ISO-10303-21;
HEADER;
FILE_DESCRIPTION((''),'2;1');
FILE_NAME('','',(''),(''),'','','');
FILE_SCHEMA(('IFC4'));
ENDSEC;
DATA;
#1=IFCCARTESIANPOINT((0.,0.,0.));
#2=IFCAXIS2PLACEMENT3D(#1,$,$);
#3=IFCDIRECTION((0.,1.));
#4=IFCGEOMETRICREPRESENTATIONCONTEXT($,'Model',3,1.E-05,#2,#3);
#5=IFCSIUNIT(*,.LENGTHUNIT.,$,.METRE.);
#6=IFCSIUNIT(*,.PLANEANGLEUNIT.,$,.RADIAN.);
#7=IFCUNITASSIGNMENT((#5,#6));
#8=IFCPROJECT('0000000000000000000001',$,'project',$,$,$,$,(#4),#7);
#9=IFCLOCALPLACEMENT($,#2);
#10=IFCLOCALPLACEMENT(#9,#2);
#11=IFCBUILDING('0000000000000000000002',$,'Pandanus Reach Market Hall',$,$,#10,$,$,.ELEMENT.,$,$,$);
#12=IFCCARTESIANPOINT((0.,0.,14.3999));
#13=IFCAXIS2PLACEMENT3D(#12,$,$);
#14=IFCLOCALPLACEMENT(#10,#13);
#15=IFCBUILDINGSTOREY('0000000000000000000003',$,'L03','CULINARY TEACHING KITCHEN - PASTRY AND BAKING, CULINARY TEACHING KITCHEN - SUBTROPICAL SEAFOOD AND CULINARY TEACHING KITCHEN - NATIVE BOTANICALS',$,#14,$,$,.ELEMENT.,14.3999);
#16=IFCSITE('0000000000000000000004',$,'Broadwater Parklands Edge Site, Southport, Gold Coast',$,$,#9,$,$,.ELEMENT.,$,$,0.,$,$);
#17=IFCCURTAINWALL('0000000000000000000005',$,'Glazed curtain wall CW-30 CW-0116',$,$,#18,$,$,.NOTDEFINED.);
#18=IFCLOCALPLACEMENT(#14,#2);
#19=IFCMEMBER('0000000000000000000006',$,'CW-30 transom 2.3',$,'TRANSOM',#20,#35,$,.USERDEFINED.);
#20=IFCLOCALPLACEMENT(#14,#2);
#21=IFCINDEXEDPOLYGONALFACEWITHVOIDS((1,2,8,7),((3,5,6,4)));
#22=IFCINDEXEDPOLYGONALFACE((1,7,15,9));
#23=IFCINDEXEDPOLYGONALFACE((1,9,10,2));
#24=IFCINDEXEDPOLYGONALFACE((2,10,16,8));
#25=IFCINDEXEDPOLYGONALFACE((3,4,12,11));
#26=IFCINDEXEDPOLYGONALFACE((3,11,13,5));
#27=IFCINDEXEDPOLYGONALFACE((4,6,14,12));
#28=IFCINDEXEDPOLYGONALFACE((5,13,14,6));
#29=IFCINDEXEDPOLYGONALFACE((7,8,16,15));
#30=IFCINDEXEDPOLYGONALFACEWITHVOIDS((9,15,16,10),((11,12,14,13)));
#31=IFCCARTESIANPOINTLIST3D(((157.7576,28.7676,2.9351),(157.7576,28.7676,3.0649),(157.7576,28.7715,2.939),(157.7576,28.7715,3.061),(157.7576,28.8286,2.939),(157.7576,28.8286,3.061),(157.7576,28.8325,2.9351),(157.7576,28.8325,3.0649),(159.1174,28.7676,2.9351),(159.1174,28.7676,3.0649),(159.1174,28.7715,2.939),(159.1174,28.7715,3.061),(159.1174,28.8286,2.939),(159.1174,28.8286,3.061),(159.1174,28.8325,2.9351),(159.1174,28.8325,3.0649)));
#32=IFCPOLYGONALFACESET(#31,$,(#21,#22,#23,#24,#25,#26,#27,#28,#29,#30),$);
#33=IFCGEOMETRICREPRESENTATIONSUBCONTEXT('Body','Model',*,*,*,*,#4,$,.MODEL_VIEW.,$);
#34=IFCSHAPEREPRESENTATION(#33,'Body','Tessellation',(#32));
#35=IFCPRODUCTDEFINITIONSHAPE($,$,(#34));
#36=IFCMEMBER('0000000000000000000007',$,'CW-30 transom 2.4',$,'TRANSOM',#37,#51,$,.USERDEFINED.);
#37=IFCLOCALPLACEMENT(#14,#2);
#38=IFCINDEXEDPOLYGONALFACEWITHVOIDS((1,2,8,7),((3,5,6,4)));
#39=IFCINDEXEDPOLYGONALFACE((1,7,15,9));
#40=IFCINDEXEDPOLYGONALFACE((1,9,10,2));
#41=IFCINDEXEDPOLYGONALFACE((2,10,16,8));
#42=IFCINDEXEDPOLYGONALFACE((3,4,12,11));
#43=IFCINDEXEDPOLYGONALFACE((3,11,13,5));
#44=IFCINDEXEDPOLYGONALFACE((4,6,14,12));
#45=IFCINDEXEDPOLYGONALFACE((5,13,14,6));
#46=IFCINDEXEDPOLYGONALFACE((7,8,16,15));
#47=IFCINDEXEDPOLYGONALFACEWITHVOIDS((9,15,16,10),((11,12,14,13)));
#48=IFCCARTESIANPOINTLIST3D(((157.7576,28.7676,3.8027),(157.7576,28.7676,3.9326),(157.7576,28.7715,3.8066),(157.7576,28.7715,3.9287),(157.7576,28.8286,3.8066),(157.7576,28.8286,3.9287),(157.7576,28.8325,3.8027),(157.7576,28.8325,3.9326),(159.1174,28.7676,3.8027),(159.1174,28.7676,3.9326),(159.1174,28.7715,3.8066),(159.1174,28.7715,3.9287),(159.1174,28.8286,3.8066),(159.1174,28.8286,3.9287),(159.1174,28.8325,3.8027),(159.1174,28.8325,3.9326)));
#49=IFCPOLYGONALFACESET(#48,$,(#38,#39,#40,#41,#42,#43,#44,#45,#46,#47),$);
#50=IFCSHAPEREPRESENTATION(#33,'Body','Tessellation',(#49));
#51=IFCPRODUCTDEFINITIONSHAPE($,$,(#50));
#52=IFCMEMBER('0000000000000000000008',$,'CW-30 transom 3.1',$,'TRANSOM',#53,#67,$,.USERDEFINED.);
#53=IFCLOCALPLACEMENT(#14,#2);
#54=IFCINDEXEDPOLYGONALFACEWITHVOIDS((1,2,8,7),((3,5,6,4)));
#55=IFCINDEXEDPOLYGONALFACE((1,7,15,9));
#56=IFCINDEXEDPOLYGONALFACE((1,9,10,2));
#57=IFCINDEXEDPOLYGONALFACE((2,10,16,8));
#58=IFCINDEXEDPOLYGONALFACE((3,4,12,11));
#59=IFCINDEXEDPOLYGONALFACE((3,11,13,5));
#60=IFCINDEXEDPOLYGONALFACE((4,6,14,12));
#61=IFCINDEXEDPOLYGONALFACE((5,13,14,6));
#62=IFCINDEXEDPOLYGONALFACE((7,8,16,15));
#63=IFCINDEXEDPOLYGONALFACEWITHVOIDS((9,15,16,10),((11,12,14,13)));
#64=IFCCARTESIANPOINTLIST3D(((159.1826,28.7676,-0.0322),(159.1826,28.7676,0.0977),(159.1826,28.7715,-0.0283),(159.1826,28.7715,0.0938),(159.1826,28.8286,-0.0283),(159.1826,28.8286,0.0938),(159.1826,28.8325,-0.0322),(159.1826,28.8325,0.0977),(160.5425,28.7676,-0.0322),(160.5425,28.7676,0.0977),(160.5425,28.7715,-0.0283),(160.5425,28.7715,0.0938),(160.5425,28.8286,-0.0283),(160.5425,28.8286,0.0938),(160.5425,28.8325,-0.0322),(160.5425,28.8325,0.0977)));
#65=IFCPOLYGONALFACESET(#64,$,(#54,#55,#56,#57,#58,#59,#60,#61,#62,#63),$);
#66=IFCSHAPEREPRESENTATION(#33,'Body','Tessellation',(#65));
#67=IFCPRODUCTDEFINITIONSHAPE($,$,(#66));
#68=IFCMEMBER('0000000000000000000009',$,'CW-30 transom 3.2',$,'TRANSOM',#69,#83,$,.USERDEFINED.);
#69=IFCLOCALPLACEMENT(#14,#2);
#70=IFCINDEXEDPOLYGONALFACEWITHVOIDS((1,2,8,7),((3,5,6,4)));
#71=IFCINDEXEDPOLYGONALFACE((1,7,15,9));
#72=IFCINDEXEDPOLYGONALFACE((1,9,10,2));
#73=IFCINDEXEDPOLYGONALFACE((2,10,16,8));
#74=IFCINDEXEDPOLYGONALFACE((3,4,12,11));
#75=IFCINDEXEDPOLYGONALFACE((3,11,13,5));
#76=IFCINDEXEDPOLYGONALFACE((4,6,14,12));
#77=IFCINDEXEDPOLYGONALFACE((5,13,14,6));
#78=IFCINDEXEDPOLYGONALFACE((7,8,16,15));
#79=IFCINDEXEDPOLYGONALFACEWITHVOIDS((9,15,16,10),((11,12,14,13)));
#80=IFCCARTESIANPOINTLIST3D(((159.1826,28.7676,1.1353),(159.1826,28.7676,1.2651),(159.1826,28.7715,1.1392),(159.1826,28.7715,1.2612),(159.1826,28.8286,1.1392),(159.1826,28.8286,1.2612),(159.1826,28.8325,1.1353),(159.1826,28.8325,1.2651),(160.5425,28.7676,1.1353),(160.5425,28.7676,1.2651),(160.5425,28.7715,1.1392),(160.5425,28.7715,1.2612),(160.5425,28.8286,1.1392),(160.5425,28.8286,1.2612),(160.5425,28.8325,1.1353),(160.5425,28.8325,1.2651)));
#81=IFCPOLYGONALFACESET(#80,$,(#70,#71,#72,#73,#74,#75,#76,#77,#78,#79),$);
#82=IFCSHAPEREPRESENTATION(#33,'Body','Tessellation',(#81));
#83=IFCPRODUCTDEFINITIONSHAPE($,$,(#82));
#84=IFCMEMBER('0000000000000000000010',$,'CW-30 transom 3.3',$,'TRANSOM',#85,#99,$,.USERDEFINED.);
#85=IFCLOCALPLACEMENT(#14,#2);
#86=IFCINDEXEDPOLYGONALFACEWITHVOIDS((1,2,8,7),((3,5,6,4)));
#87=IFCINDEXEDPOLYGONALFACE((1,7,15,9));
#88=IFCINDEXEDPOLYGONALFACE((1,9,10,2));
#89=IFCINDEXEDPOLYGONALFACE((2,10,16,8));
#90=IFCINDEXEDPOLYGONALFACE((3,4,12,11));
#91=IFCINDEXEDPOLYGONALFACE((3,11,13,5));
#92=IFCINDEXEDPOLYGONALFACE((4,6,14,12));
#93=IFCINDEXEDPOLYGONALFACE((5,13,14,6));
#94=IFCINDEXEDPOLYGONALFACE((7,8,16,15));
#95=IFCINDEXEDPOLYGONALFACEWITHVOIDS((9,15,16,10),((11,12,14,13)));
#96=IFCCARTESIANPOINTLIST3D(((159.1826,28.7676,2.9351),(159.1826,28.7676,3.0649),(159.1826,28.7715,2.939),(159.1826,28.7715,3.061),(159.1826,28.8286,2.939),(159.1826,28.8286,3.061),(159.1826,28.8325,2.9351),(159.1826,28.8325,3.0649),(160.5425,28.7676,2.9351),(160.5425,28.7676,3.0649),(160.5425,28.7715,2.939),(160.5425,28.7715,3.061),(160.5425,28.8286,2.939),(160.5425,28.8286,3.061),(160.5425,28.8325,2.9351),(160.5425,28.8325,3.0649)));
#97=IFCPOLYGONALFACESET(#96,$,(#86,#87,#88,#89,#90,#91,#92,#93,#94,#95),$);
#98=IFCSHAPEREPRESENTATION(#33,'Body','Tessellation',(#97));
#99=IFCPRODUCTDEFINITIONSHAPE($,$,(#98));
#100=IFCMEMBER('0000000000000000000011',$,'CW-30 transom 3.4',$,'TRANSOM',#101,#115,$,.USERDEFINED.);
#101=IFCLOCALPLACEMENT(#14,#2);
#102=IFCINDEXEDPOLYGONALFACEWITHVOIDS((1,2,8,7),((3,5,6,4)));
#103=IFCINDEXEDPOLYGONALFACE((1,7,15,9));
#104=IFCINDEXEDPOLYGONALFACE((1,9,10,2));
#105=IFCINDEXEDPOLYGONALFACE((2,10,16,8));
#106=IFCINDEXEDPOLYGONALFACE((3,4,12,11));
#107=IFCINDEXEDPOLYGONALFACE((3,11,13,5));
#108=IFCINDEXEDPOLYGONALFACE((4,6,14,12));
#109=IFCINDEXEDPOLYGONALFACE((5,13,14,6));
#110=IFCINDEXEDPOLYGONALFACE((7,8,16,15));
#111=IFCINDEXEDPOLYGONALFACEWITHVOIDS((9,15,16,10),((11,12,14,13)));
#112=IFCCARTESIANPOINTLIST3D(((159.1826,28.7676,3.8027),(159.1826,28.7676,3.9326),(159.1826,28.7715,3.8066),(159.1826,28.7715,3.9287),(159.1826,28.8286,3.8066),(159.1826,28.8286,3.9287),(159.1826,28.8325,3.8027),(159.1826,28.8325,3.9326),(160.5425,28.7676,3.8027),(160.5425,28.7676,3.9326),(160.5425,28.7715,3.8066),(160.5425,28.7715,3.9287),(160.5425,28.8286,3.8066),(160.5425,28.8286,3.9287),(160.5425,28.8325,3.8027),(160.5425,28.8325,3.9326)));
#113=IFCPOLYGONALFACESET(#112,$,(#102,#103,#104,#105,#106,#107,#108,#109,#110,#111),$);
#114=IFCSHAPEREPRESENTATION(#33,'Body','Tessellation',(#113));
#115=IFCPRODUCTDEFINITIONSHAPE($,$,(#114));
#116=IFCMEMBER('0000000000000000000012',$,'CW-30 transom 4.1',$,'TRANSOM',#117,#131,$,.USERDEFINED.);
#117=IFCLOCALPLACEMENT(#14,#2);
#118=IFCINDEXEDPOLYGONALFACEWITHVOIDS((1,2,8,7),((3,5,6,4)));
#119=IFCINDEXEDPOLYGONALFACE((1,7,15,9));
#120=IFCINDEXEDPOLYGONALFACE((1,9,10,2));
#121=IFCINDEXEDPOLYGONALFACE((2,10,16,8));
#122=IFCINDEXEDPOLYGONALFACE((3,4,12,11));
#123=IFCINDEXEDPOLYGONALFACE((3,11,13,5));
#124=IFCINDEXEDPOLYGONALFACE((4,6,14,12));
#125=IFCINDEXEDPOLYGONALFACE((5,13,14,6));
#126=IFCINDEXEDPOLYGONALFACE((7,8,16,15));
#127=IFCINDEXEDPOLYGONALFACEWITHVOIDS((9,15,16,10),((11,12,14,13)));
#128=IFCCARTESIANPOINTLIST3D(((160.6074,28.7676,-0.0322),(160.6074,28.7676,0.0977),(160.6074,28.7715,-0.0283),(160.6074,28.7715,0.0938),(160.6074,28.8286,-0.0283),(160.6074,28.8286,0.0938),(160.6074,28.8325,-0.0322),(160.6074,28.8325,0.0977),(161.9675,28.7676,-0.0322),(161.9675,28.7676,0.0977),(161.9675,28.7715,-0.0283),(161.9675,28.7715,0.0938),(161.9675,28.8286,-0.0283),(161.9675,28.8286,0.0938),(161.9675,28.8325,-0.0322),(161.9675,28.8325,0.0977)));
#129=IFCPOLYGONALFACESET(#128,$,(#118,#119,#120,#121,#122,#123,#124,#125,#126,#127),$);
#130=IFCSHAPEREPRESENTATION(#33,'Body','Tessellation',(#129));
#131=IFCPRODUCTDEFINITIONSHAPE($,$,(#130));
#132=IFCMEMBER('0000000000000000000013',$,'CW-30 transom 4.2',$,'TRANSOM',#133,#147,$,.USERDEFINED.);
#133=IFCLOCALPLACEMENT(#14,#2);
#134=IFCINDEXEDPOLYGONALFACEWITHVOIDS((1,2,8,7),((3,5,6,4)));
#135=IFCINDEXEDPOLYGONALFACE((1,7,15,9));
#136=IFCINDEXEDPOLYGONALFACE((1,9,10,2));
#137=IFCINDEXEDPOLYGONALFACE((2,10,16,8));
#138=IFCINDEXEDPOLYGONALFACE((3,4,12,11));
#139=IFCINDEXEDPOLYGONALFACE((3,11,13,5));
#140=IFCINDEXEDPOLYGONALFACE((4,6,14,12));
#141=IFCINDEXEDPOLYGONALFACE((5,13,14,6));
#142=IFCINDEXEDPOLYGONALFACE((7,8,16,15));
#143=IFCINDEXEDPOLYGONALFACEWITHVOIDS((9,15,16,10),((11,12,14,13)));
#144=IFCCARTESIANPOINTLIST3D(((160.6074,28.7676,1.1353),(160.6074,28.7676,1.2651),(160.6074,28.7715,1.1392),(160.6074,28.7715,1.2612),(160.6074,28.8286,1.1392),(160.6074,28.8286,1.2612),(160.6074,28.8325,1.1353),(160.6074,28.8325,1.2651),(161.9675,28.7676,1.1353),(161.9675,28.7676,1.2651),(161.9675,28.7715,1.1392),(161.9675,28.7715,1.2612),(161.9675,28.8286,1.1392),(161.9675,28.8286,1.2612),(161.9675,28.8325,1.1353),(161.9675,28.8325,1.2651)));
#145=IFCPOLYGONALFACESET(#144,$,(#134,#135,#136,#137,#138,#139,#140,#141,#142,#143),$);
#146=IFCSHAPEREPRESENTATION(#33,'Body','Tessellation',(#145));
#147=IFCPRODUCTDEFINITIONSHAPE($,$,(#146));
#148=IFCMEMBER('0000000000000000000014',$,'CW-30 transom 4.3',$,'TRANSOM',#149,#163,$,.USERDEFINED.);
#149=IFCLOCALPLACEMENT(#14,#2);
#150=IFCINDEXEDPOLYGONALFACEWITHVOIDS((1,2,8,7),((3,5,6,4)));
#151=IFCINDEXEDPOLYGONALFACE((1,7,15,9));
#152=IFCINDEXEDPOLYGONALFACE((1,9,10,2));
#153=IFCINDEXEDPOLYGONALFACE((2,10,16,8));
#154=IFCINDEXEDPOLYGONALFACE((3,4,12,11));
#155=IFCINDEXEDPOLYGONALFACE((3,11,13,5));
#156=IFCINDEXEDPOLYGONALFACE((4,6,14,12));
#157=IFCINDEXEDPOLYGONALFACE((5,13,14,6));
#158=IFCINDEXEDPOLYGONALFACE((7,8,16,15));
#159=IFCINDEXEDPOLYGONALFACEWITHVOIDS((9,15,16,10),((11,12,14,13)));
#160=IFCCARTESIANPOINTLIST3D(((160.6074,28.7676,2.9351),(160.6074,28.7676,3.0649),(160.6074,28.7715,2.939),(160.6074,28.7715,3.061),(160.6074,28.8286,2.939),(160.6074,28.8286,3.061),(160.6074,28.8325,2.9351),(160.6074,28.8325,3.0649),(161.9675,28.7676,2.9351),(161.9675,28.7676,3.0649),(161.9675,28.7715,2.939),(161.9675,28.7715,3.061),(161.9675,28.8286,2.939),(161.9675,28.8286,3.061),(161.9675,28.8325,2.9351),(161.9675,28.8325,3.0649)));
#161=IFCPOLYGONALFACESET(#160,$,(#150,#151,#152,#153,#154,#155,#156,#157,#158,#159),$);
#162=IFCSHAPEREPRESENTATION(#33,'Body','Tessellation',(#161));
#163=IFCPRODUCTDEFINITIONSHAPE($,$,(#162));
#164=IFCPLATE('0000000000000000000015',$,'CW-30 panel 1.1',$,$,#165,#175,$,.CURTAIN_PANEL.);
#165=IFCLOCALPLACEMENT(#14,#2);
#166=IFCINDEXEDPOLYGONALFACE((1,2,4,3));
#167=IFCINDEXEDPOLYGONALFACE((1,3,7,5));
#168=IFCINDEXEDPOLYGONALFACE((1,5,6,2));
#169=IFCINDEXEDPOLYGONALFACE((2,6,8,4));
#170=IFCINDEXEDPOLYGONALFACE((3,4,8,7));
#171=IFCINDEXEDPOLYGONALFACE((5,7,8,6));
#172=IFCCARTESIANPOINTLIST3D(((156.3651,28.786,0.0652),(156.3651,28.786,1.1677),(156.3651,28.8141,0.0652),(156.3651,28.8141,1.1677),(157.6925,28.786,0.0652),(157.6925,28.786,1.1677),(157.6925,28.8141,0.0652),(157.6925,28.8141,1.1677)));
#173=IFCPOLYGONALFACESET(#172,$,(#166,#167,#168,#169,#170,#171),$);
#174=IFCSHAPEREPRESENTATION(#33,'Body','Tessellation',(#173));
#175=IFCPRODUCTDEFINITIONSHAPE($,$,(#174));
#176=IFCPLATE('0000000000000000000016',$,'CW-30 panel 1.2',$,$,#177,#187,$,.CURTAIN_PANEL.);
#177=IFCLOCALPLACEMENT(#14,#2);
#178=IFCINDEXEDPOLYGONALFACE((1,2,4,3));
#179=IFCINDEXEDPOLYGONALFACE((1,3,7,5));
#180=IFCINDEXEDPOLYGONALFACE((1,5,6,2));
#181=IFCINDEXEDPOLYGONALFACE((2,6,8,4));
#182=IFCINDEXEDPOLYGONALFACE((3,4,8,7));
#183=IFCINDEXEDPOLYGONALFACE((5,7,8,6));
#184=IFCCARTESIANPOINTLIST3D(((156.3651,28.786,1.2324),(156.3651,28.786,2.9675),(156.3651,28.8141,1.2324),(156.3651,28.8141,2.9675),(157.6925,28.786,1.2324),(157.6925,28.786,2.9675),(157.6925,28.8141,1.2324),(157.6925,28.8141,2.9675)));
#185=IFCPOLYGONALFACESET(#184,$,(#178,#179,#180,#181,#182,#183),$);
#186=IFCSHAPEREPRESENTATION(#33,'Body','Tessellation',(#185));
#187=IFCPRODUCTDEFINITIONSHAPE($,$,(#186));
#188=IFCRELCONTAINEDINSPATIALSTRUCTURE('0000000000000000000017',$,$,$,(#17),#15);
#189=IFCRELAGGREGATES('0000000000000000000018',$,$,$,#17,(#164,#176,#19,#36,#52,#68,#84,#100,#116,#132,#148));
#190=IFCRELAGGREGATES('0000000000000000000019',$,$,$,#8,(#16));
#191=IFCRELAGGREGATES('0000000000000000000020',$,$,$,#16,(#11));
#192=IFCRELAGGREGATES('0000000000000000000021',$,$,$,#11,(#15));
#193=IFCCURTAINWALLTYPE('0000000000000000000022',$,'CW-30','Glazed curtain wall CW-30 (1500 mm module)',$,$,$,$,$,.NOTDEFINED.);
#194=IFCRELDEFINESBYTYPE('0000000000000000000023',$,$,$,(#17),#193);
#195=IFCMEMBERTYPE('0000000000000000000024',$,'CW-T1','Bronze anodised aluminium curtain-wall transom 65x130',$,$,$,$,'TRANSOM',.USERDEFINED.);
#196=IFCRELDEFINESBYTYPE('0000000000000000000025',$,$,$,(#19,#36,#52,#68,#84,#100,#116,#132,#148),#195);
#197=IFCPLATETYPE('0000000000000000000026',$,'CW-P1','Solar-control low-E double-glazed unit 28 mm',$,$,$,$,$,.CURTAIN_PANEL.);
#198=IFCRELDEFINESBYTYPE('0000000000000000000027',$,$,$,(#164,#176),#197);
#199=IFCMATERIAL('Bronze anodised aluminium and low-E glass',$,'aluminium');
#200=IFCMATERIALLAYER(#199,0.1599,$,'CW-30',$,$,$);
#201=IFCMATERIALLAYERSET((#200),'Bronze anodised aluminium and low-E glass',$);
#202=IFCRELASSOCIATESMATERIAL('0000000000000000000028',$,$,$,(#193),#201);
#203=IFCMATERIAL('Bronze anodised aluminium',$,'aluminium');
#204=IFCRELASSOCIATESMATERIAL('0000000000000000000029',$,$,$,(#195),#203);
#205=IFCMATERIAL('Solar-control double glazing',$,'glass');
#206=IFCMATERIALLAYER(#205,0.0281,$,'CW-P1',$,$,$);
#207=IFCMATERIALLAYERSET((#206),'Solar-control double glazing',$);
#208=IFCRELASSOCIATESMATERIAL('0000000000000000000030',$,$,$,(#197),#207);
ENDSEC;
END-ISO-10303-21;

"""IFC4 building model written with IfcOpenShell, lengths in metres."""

from ifc_helpers import new_model, si_unit, direction, frame, origin, origin_2d, place, context, subcontext, project, spatial, rectangle, hollow_rectangle, extrude, material, layer, layer_set, material_profile, profile_set, type_object, element, aggregate, save


model = new_model("IFC4")

# Units and contexts
model_context = context("Model", 3, precision=1e-05, world=origin(), true_north=direction((0.0, 1.0)))
body_context = subcontext(model_context, "Body", "Model", "MODEL_VIEW")
ifc_project = project(units=[si_unit("LENGTHUNIT", "METRE"), si_unit("PLANEANGLEUNIT", "RADIAN")], contexts=[model_context])

# Site, building, storey
site_placement = place(None, origin())
site = spatial("IfcSite", under=ifc_project, at=site_placement, Name="Broadwater Parklands Edge Site, Southport, Gold Coast", CompositionType="ELEMENT", RefElevation=0.0)
building_placement = place(site_placement, origin())
building = spatial("IfcBuilding", under=site, at=building_placement, Name="Pandanus Reach Market Hall", CompositionType="ELEMENT")
storey_placement = place(building_placement, frame((0.0, 0.0, 14.3999)))
storey = spatial("IfcBuildingStorey", under=building, at=storey_placement, Name="L03", Description="CULINARY TEACHING KITCHEN - PASTRY AND BAKING, CULINARY TEACHING KITCHEN - SUBTROPICAL SEAFOOD AND CULINARY TEACHING KITCHEN - NATIVE BOTANICALS", CompositionType="ELEMENT", Elevation=14.3999)

# Curtain wall, members, plates
ifc_material_1 = material(Name="Bronze anodised aluminium and low-E glass", Category="aluminium")
ifc_layer_1 = layer(ifc_material_1, 0.1599, Name="CW-30")
ifc_layer_set_1 = layer_set([ifc_layer_1], Name="Bronze anodised aluminium and low-E glass")
curtain_wall_type = type_object("IfcCurtainWallType", Name="CW-30", Description="Glazed curtain wall CW-30 (1500 mm module)", PredefinedType="NOTDEFINED", material=ifc_layer_set_1)
curtain_wall_placement = place(storey_placement, origin())
curtain_wall = element("IfcCurtainWall", 1, at=curtain_wall_placement, inside=storey, type_object=curtain_wall_type, Name="Glazed curtain wall CW-30 CW-0116", PredefinedType="NOTDEFINED")
ifc_material_2 = material(Name="Bronze anodised aluminium", Category="aluminium")
ifc_material_profile_1 = material_profile(ifc_material_2, hollow_rectangle(XDim=0.0649, YDim=0.1299, WallThickness=0.0039, at=origin_2d()), Name="ALU65x130", Category="LoadBearing")
ifc_profile_set_1 = profile_set([ifc_material_profile_1], Name="Bronze anodised aluminium")
member_type_1 = type_object("IfcMemberType", Name="CW-T1", Description="Bronze anodised aluminium curtain-wall transom 65x130", ElementType="TRANSOM", PredefinedType="USERDEFINED", material=ifc_profile_set_1)
member_1_placement = place(storey_placement, frame((157.7576, 28.8, 3.0), z_axis=(1.0, 0.0, 0.0), x_axis=(0.0, 1.0, 0.0)))
member_1 = element("IfcMember", 2, at=member_1_placement, type_object=member_type_1, Name="CW-30 transom 2.3", ObjectType="TRANSOM", PredefinedType="USERDEFINED", context=body_context, shape_type="SweptSolid", body=[
    extrude(hollow_rectangle(XDim=0.0649, YDim=0.1299, WallThickness=0.0039, at=origin_2d()), origin(), (0.0, 0.0, 1.0), 1.3599),
])
member_2_placement = place(storey_placement, frame((157.7576, 28.8, 3.8677), z_axis=(1.0, 0.0, 0.0), x_axis=(0.0, 1.0, 0.0)))
member_2 = element("IfcMember", 3, at=member_2_placement, type_object=member_type_1, Name="CW-30 transom 2.4", ObjectType="TRANSOM", PredefinedType="USERDEFINED", context=body_context, shape_type="SweptSolid", body=[
    extrude(hollow_rectangle(XDim=0.0649, YDim=0.1299, WallThickness=0.0039, at=origin_2d()), origin(), (0.0, 0.0, 1.0), 1.3599),
])
member_3_placement = place(storey_placement, frame((159.1826, 28.8, 0.0327), z_axis=(1.0, 0.0, 0.0), x_axis=(0.0, 1.0, 0.0)))
member_3 = element("IfcMember", 4, at=member_3_placement, type_object=member_type_1, Name="CW-30 transom 3.1", ObjectType="TRANSOM", PredefinedType="USERDEFINED", context=body_context, shape_type="SweptSolid", body=[
    extrude(hollow_rectangle(XDim=0.0649, YDim=0.1299, WallThickness=0.0039, at=origin_2d()), origin(), (0.0, 0.0, 1.0), 1.3599),
])
member_4_placement = place(storey_placement, frame((159.1826, 28.8, 1.2002), z_axis=(1.0, 0.0, 0.0), x_axis=(0.0, 1.0, 0.0)))
member_4 = element("IfcMember", 5, at=member_4_placement, type_object=member_type_1, Name="CW-30 transom 3.2", ObjectType="TRANSOM", PredefinedType="USERDEFINED", context=body_context, shape_type="SweptSolid", body=[
    extrude(hollow_rectangle(XDim=0.0649, YDim=0.1299, WallThickness=0.0039, at=origin_2d()), origin(), (0.0, 0.0, 1.0), 1.3599),
])
member_5_placement = place(storey_placement, frame((159.1826, 28.8, 3.0), z_axis=(1.0, 0.0, 0.0), x_axis=(0.0, 1.0, 0.0)))
member_5 = element("IfcMember", 6, at=member_5_placement, type_object=member_type_1, Name="CW-30 transom 3.3", ObjectType="TRANSOM", PredefinedType="USERDEFINED", context=body_context, shape_type="SweptSolid", body=[
    extrude(hollow_rectangle(XDim=0.0649, YDim=0.1299, WallThickness=0.0039, at=origin_2d()), origin(), (0.0, 0.0, 1.0), 1.3599),
])
member_6_placement = place(storey_placement, frame((159.1826, 28.8, 3.8677), z_axis=(1.0, 0.0, 0.0), x_axis=(0.0, 1.0, 0.0)))
member_6 = element("IfcMember", 7, at=member_6_placement, type_object=member_type_1, Name="CW-30 transom 3.4", ObjectType="TRANSOM", PredefinedType="USERDEFINED", context=body_context, shape_type="SweptSolid", body=[
    extrude(hollow_rectangle(XDim=0.0649, YDim=0.1299, WallThickness=0.0039, at=origin_2d()), origin(), (0.0, 0.0, 1.0), 1.3599),
])
member_7_placement = place(storey_placement, frame((160.6074, 28.8, 0.0327), z_axis=(1.0, 0.0, 0.0), x_axis=(0.0, 1.0, 0.0)))
member_7 = element("IfcMember", 8, at=member_7_placement, type_object=member_type_1, Name="CW-30 transom 4.1", ObjectType="TRANSOM", PredefinedType="USERDEFINED", context=body_context, shape_type="SweptSolid", body=[
    extrude(hollow_rectangle(XDim=0.0649, YDim=0.1299, WallThickness=0.0039, at=origin_2d()), origin(), (0.0, 0.0, 1.0), 1.3601),
])
member_8_placement = place(storey_placement, frame((160.6074, 28.8, 1.2002), z_axis=(1.0, 0.0, 0.0), x_axis=(0.0, 1.0, 0.0)))
member_8 = element("IfcMember", 9, at=member_8_placement, type_object=member_type_1, Name="CW-30 transom 4.2", ObjectType="TRANSOM", PredefinedType="USERDEFINED", context=body_context, shape_type="SweptSolid", body=[
    extrude(hollow_rectangle(XDim=0.0649, YDim=0.1299, WallThickness=0.0039, at=origin_2d()), origin(), (0.0, 0.0, 1.0), 1.3601),
])
member_9_placement = place(storey_placement, frame((160.6074, 28.8, 3.0), z_axis=(1.0, 0.0, 0.0), x_axis=(0.0, 1.0, 0.0)))
member_9 = element("IfcMember", 10, at=member_9_placement, type_object=member_type_1, Name="CW-30 transom 4.3", ObjectType="TRANSOM", PredefinedType="USERDEFINED", context=body_context, shape_type="SweptSolid", body=[
    extrude(hollow_rectangle(XDim=0.0649, YDim=0.1299, WallThickness=0.0039, at=origin_2d()), origin(), (0.0, 0.0, 1.0), 1.3601),
])
ifc_material_3 = material(Name="Solar-control double glazing", Category="glass")
ifc_layer_2 = layer(ifc_material_3, 0.0281, Name="CW-P1")
ifc_layer_set_2 = layer_set([ifc_layer_2], Name="Solar-control double glazing")
plate_type = type_object("IfcPlateType", Name="CW-P1", Description="Solar-control low-E double-glazed unit 28 mm", PredefinedType="CURTAIN_PANEL", material=ifc_layer_set_2)
plate_1_placement = place(storey_placement, frame((157.0288, 28.8, 0.0652), z_axis=(0.0, 0.0, 1.0), x_axis=(1.0, 0.0, 0.0)))
plate_1 = element("IfcPlate", 11, at=plate_1_placement, type_object=plate_type, Name="CW-30 panel 1.1", PredefinedType="CURTAIN_PANEL", context=body_context, shape_type="SweptSolid", body=[
    extrude(rectangle(XDim=1.3274, YDim=0.0281, at=origin_2d()), origin(), (0.0, 0.0, 1.0), 1.1025),
])
plate_2_placement = place(storey_placement, frame((157.0288, 28.8, 1.2324), z_axis=(0.0, 0.0, 1.0), x_axis=(1.0, 0.0, 0.0)))
plate_2 = element("IfcPlate", 12, at=plate_2_placement, type_object=plate_type, Name="CW-30 panel 1.2", PredefinedType="CURTAIN_PANEL", context=body_context, shape_type="SweptSolid", body=[
    extrude(rectangle(XDim=1.3274, YDim=0.0281, at=origin_2d()), origin(), (0.0, 0.0, 1.0), 1.7351),
])
aggregate(curtain_wall, [plate_1, plate_2, member_1, member_2, member_3, member_4, member_5, member_6, member_7, member_8, member_9])

save(model, "model.ifc")
